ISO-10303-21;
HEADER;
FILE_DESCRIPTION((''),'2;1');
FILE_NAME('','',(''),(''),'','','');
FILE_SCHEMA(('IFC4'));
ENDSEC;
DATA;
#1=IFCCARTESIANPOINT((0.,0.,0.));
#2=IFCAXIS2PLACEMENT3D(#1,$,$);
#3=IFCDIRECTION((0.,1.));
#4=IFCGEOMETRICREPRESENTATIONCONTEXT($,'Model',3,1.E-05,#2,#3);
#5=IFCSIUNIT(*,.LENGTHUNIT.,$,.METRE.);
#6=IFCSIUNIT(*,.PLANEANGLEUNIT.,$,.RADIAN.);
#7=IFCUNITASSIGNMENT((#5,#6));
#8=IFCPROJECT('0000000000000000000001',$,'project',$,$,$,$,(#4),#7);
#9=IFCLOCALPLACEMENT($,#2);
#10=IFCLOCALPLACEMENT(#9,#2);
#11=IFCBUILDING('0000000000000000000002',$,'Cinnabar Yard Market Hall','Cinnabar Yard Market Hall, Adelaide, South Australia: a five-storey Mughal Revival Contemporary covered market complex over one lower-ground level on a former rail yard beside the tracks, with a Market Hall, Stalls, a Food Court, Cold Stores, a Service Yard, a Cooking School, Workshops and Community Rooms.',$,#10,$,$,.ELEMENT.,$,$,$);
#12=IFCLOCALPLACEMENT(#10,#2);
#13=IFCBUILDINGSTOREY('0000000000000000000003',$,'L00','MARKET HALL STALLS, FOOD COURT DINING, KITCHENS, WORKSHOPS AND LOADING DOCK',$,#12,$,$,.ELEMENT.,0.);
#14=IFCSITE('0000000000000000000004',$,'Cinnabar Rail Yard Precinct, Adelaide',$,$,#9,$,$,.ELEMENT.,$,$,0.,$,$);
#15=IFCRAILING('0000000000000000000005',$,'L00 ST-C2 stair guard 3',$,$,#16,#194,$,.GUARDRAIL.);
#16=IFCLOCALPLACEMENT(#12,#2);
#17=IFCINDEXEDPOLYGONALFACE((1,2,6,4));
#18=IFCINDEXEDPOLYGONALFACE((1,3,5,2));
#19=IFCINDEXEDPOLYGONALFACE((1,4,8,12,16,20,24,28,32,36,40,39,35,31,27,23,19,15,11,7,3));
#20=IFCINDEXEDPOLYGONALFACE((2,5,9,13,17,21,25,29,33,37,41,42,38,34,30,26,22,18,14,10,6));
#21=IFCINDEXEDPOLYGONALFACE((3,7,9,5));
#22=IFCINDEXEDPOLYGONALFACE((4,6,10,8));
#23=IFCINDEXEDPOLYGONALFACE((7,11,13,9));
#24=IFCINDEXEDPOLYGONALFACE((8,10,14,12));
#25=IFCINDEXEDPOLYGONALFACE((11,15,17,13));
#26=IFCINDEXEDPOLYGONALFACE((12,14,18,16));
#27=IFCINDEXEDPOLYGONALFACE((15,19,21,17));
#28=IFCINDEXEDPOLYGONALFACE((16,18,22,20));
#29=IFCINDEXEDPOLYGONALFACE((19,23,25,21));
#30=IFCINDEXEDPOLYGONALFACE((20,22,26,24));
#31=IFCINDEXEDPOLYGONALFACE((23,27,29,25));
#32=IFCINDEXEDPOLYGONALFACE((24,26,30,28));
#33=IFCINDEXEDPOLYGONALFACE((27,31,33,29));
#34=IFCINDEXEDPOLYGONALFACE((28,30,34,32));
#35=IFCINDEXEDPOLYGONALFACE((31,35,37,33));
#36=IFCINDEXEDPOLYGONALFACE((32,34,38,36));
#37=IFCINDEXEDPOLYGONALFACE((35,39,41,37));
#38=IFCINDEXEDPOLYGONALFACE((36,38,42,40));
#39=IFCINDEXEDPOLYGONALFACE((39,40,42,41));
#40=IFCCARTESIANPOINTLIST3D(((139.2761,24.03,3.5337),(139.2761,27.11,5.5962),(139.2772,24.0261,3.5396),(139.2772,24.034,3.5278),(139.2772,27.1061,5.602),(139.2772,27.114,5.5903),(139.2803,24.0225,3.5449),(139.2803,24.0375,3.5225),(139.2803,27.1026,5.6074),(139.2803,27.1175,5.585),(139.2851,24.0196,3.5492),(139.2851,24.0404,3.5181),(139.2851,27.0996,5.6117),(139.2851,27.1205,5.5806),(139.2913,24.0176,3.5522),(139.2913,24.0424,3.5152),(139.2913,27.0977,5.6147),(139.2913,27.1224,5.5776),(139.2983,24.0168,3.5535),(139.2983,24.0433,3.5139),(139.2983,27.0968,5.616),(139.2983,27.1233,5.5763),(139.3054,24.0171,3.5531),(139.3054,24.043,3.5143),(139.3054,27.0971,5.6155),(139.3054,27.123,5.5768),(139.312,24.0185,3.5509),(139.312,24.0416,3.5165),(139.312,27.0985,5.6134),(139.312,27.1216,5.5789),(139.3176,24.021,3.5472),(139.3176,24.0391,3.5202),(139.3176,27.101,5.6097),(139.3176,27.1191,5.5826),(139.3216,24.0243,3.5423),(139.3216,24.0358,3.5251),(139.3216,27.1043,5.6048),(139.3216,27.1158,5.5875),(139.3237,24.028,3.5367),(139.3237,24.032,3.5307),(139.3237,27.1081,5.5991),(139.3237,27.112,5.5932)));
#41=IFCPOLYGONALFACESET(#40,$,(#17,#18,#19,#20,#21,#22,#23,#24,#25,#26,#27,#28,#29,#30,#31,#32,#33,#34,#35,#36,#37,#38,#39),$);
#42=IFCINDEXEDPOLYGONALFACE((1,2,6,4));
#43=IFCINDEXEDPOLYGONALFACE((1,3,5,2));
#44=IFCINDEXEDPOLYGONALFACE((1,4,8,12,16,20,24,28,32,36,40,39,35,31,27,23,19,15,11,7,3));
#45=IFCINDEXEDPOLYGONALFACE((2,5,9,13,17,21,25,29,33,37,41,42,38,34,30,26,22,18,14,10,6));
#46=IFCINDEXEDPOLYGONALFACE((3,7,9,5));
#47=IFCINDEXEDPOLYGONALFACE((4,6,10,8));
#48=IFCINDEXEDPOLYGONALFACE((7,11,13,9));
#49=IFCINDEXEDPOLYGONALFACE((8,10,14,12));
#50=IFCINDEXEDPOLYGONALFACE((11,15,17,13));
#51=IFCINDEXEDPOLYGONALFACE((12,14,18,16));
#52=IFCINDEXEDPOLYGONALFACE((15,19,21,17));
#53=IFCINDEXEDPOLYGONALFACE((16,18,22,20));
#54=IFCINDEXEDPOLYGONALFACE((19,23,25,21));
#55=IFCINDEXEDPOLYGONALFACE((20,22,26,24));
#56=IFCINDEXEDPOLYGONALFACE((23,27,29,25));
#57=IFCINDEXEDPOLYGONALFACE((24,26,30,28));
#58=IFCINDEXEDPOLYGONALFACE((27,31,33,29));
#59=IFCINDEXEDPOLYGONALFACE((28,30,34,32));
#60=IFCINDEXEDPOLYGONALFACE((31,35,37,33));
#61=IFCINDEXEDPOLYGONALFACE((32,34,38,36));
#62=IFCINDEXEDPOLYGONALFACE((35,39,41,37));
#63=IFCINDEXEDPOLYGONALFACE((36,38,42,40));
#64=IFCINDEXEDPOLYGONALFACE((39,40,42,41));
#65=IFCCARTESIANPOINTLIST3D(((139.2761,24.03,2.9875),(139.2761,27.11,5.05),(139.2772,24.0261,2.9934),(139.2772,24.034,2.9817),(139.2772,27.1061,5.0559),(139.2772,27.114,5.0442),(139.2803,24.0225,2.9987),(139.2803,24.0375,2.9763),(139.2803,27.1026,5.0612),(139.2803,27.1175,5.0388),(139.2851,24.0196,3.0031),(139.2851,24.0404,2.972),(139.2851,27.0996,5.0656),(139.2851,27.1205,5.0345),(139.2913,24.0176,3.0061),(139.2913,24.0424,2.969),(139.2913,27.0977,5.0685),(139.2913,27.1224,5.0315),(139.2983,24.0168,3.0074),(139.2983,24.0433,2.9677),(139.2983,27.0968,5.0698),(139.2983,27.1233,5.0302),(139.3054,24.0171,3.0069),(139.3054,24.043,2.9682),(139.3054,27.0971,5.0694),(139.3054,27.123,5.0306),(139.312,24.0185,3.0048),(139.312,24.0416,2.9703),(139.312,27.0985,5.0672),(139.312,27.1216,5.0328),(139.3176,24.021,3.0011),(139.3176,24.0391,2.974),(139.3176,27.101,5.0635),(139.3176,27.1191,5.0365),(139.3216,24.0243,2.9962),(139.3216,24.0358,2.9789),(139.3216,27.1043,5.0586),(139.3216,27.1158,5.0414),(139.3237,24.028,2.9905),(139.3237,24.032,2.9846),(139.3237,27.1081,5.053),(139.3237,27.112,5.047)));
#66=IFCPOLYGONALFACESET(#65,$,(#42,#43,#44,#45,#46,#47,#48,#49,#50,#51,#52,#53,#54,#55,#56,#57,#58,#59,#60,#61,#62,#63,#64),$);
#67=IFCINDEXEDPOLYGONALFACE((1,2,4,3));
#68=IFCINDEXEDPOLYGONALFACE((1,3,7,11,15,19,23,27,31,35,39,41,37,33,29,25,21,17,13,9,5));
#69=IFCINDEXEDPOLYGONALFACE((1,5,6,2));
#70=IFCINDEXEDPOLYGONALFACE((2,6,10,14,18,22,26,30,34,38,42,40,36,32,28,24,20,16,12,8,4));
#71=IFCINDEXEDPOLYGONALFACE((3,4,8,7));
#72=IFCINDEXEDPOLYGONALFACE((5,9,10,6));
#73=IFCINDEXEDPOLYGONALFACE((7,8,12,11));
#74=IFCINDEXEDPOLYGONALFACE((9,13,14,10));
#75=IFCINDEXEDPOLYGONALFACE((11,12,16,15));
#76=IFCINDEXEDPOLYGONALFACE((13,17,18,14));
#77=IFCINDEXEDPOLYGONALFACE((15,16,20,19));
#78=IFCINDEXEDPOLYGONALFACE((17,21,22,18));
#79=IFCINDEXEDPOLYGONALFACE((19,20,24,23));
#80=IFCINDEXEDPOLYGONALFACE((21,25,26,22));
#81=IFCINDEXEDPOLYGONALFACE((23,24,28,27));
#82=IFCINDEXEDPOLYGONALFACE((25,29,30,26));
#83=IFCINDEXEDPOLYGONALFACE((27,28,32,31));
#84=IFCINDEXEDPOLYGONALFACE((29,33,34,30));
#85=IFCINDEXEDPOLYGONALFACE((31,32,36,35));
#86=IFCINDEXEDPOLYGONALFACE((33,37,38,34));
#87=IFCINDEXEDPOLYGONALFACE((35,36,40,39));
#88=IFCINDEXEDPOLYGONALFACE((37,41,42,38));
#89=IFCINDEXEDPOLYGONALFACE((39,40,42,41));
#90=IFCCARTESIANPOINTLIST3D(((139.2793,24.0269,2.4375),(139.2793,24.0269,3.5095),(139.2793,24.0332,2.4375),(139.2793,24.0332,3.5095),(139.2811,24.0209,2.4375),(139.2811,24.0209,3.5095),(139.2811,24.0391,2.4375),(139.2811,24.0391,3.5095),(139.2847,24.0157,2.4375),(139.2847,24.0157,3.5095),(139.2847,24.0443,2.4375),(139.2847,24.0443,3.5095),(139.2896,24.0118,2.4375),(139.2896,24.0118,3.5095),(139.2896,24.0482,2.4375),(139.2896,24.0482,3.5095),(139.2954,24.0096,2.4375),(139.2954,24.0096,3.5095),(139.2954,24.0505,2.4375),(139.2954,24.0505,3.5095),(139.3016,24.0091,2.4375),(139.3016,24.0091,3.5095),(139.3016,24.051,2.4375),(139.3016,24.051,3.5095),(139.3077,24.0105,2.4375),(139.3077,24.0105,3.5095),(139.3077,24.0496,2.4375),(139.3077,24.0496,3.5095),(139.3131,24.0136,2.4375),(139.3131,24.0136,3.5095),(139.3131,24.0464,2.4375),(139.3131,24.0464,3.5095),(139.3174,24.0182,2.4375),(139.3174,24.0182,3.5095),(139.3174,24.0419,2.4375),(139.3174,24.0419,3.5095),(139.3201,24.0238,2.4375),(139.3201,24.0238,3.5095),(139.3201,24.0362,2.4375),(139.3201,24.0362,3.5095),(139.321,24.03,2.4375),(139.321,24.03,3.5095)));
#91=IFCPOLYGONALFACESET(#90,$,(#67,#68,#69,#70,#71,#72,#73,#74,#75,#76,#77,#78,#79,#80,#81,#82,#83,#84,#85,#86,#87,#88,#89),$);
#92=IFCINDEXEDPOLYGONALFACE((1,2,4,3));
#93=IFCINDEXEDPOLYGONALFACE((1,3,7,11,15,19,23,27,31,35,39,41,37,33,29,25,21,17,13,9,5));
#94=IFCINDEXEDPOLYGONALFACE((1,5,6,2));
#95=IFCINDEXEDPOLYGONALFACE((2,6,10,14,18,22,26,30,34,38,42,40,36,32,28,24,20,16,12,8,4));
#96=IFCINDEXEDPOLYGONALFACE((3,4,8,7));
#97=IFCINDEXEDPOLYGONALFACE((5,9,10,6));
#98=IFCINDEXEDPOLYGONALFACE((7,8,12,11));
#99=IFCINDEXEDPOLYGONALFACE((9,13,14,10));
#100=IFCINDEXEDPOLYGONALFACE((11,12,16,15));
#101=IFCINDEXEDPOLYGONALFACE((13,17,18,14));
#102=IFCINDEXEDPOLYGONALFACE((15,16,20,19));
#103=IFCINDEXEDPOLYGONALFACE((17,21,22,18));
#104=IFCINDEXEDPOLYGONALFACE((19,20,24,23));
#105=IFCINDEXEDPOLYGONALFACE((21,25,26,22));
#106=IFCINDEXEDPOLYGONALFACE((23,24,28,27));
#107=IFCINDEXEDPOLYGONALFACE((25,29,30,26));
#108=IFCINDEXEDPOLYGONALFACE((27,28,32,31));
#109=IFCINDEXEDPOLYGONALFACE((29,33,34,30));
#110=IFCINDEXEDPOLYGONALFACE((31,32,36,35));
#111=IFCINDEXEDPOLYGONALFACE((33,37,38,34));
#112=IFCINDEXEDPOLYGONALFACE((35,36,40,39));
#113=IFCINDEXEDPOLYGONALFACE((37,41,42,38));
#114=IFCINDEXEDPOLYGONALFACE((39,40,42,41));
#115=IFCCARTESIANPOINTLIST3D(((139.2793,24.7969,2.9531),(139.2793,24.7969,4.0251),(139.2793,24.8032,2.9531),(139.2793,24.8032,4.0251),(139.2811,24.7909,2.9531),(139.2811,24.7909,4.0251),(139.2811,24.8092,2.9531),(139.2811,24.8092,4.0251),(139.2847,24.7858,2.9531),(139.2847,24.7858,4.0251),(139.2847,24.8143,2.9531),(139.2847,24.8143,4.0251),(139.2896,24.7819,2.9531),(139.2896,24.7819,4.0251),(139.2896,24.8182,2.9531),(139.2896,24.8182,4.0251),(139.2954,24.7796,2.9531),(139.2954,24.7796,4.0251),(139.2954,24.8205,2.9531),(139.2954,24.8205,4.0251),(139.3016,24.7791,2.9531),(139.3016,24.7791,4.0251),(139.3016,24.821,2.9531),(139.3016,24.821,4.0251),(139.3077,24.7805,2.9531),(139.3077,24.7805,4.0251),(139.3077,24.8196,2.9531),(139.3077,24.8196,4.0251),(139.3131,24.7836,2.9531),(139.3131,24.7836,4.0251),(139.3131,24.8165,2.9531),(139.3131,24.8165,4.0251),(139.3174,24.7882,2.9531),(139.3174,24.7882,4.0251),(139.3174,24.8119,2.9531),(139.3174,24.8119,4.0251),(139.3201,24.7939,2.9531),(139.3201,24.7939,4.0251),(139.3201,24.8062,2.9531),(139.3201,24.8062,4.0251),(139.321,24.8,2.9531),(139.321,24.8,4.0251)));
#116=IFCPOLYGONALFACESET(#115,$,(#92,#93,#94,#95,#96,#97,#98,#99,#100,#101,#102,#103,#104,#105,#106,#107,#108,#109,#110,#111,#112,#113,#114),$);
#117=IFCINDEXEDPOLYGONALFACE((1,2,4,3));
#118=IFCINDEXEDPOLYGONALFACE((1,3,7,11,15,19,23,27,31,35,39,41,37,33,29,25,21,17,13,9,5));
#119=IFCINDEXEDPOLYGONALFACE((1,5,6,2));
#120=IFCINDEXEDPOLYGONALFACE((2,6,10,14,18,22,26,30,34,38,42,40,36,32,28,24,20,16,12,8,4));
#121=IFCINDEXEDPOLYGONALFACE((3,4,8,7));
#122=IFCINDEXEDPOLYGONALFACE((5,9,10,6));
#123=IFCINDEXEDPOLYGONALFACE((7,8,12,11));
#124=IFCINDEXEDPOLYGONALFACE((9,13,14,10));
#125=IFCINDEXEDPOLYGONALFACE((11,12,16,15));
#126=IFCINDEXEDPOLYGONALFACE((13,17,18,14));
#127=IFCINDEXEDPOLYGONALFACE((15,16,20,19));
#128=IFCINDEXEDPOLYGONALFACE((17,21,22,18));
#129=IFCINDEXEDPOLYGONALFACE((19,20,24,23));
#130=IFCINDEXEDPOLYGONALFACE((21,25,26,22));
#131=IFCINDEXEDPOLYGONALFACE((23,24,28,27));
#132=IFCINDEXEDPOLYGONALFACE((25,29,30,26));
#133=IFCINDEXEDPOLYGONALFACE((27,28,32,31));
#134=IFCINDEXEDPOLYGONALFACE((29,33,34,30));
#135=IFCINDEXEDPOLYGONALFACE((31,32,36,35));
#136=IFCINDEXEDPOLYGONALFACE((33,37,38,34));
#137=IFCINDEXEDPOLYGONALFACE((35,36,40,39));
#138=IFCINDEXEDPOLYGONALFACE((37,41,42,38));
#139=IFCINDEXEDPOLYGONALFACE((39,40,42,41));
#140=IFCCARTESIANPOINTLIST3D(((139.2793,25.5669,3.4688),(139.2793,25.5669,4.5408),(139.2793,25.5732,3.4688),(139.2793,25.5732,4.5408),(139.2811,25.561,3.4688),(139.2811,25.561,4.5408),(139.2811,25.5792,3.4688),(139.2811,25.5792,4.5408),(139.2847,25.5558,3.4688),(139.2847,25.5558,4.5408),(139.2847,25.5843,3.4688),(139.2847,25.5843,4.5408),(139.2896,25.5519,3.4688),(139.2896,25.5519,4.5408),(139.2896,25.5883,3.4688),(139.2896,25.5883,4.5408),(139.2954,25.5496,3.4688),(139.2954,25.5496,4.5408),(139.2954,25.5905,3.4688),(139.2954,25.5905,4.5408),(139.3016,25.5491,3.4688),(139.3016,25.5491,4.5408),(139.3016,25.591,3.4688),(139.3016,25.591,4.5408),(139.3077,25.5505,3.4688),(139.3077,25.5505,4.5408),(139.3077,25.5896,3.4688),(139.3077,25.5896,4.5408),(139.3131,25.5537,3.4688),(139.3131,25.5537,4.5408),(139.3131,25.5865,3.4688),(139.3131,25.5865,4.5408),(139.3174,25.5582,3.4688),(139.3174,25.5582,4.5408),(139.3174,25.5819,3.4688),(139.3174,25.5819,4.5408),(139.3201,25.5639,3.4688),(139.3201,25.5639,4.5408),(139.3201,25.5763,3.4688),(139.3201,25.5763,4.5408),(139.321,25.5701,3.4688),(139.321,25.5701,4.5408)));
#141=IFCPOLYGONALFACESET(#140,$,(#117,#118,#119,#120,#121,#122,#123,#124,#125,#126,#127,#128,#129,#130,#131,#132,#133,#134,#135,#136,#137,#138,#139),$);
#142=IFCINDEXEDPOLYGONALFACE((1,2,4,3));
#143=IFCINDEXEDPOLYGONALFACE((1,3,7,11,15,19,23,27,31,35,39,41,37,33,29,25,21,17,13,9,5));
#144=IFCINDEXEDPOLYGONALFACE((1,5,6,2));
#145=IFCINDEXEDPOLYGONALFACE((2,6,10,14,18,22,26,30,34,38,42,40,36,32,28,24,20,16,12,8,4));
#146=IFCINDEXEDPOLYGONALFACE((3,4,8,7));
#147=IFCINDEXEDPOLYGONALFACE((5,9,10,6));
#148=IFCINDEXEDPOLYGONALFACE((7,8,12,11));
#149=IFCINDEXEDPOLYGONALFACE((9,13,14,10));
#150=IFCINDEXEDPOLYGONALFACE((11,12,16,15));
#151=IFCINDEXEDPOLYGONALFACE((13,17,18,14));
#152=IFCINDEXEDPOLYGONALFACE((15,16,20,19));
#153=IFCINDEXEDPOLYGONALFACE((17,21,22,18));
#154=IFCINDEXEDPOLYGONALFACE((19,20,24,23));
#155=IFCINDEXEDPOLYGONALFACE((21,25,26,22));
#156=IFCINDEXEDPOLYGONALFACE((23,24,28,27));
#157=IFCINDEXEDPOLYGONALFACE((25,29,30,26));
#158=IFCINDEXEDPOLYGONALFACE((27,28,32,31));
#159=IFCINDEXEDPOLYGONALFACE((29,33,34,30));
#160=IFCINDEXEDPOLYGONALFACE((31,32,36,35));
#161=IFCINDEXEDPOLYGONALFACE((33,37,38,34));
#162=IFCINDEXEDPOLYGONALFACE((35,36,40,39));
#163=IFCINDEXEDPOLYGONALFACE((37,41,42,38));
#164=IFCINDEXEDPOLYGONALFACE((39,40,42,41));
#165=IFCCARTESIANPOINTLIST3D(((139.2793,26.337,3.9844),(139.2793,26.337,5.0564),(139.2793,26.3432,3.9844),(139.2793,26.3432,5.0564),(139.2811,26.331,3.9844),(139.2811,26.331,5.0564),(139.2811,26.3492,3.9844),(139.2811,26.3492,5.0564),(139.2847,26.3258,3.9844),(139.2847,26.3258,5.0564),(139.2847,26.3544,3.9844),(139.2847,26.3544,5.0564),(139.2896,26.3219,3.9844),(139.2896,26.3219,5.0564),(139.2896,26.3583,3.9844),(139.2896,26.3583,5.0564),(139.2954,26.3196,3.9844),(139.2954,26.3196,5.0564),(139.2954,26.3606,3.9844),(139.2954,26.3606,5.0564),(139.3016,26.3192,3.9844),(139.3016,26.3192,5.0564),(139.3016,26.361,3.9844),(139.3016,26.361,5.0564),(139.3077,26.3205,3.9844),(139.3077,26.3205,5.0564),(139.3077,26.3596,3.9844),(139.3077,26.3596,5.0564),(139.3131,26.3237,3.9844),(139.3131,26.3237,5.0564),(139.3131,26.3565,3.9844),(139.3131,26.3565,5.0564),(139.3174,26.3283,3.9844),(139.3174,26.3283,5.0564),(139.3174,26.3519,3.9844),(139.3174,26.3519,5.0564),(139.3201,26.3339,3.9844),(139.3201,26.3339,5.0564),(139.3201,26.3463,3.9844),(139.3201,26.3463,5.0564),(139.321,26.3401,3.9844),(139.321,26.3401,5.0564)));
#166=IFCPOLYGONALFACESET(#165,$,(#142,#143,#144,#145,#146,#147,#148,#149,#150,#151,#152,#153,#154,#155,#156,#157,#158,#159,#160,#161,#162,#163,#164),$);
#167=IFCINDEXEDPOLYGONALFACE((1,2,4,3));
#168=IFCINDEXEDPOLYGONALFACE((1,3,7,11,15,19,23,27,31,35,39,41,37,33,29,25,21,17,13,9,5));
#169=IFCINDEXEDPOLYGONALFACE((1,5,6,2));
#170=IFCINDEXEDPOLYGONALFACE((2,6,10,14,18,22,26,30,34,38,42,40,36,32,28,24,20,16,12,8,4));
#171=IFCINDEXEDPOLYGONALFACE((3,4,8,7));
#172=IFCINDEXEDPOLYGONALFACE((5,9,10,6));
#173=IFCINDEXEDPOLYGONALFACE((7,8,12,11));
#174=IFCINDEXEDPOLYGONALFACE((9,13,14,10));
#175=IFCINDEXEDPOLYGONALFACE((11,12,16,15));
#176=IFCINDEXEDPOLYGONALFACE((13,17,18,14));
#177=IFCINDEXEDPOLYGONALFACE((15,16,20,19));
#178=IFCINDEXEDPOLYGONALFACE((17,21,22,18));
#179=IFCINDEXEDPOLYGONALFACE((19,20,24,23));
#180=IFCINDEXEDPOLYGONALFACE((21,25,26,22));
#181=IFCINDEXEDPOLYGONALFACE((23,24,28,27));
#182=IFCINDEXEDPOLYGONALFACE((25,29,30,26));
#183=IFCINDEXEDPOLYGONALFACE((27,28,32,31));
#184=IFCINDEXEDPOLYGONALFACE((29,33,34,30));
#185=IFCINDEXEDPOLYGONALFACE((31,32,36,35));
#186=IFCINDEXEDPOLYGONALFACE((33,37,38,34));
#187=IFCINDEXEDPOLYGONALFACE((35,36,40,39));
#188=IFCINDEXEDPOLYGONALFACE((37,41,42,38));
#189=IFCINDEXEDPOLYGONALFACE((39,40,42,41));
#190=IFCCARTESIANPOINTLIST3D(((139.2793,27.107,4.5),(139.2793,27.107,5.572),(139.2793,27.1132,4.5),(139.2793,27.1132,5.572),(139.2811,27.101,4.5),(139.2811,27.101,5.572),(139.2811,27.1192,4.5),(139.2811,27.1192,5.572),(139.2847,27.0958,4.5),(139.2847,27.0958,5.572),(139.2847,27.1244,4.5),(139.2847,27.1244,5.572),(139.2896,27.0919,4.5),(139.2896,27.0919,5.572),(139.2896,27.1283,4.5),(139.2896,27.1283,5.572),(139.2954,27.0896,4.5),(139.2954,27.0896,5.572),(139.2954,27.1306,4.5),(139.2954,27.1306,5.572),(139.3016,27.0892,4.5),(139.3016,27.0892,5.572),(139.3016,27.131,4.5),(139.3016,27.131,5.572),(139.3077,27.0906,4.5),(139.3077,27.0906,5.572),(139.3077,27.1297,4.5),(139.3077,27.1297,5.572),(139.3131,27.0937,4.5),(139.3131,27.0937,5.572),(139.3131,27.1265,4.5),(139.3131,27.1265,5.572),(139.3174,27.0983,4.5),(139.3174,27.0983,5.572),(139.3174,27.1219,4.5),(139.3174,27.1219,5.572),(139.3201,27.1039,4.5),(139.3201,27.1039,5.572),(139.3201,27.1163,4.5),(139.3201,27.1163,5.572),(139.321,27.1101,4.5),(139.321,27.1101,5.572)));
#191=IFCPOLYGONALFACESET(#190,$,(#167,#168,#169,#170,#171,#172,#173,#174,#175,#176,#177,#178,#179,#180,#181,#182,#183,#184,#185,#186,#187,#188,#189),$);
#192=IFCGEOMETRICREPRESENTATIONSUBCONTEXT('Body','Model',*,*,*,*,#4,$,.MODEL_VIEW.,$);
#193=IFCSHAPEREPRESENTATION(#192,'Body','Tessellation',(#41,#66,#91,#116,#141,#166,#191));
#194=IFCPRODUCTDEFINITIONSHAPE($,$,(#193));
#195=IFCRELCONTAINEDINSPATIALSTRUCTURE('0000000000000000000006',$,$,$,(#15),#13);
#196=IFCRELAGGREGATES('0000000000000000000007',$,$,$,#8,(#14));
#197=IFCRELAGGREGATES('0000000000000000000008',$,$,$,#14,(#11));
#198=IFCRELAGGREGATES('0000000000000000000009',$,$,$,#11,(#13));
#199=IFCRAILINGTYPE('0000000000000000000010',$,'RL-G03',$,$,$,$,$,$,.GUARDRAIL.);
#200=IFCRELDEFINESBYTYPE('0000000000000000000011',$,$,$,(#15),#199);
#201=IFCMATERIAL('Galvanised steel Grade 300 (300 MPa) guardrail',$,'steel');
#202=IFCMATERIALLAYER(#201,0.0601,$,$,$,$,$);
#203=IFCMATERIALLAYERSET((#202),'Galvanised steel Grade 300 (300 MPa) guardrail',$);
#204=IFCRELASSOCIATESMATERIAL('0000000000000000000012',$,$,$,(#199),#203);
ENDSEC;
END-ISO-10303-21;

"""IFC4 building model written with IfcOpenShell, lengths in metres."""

from ifc_helpers import new_model, si_unit, direction, frame, origin, origin_2d_with_axis, place, context, subcontext, project, spatial, circle, extrude, material, layer, layer_set, type_object, element, save


model = new_model("IFC4")

# Units and contexts
model_context = context("Model", 3, precision=1e-05, world=origin(), true_north=direction((0.0, 1.0)))
body_context = subcontext(model_context, "Body", "Model", "MODEL_VIEW")
ifc_project = project(units=[si_unit("LENGTHUNIT", "METRE"), si_unit("PLANEANGLEUNIT", "RADIAN")], contexts=[model_context])

# Site, building, storey
site_placement = place(None, origin())
site = spatial("IfcSite", under=ifc_project, at=site_placement, Name="Cinnabar Rail Yard Precinct, Adelaide", CompositionType="ELEMENT", RefElevation=0.0)
building_placement = place(site_placement, origin())
building = spatial("IfcBuilding", under=site, at=building_placement, Name="Cinnabar Yard Market Hall", Description="Cinnabar Yard Market Hall, Adelaide, South Australia: a five-storey Mughal Revival Contemporary covered market complex over one lower-ground level on a former rail yard beside the tracks, with a Market Hall, Stalls, a Food Court, Cold Stores, a Service Yard, a Cooking School, Workshops and Community Rooms.", CompositionType="ELEMENT")
storey_placement = place(building_placement, origin())
storey = spatial("IfcBuildingStorey", under=building, at=storey_placement, Name="L00", Description="MARKET HALL STALLS, FOOD COURT DINING, KITCHENS, WORKSHOPS AND LOADING DOCK", CompositionType="ELEMENT", Elevation=0.0)

# Railing
ifc_material_1 = material(Name="Galvanised steel Grade 300 (300 MPa) guardrail", Category="steel")
ifc_layer_1 = layer(ifc_material_1, 0.0601)
ifc_layer_set_1 = layer_set([ifc_layer_1], Name="Galvanised steel Grade 300 (300 MPa) guardrail")
railing_type_1 = type_object("IfcRailingType", Name="RL-G03", PredefinedType="GUARDRAIL", material=ifc_layer_set_1)
railing_1_placement = place(storey_placement, frame((139.3, 24.03, 2.4375)))
element("IfcRailing", 1, at=railing_1_placement, inside=storey, type_object=railing_type_1, Name="L00 ST-C2 stair guard 3", PredefinedType="GUARDRAIL", context=body_context, shape_type="SweptSolid", body=[
    extrude(circle(Radius=0.0239, at=origin_2d_with_axis()), frame((0.0, 0.0, 1.0962), z_axis=(0.0, 0.830914, 0.556401), x_axis=(-1.0, 0.0, 0.0)), (0.0, 0.0, 1.0), 3.7068),
    extrude(circle(Radius=0.0239, at=origin_2d_with_axis()), frame((0.0, 0.0, 0.55), z_axis=(0.0, 0.830914, 0.556401), x_axis=(-1.0, 0.0, 0.0)), (0.0, 0.0, 1.0), 3.7068),
    extrude(circle(Radius=0.021, at=origin_2d_with_axis()), origin(), (0.0, 0.0, 1.0), 1.072),
    extrude(circle(Radius=0.021, at=origin_2d_with_axis()), frame((0.0, 0.77, 0.5156)), (0.0, 0.0, 1.0), 1.072),
    extrude(circle(Radius=0.021, at=origin_2d_with_axis()), frame((0.0, 1.54, 1.0312)), (0.0, 0.0, 1.0), 1.072),
    extrude(circle(Radius=0.021, at=origin_2d_with_axis()), frame((0.0, 2.3101, 1.5469)), (0.0, 0.0, 1.0), 1.072),
    extrude(circle(Radius=0.021, at=origin_2d_with_axis()), frame((0.0, 3.0801, 2.0625)), (0.0, 0.0, 1.0), 1.072),
])

save(model, "model.ifc")
